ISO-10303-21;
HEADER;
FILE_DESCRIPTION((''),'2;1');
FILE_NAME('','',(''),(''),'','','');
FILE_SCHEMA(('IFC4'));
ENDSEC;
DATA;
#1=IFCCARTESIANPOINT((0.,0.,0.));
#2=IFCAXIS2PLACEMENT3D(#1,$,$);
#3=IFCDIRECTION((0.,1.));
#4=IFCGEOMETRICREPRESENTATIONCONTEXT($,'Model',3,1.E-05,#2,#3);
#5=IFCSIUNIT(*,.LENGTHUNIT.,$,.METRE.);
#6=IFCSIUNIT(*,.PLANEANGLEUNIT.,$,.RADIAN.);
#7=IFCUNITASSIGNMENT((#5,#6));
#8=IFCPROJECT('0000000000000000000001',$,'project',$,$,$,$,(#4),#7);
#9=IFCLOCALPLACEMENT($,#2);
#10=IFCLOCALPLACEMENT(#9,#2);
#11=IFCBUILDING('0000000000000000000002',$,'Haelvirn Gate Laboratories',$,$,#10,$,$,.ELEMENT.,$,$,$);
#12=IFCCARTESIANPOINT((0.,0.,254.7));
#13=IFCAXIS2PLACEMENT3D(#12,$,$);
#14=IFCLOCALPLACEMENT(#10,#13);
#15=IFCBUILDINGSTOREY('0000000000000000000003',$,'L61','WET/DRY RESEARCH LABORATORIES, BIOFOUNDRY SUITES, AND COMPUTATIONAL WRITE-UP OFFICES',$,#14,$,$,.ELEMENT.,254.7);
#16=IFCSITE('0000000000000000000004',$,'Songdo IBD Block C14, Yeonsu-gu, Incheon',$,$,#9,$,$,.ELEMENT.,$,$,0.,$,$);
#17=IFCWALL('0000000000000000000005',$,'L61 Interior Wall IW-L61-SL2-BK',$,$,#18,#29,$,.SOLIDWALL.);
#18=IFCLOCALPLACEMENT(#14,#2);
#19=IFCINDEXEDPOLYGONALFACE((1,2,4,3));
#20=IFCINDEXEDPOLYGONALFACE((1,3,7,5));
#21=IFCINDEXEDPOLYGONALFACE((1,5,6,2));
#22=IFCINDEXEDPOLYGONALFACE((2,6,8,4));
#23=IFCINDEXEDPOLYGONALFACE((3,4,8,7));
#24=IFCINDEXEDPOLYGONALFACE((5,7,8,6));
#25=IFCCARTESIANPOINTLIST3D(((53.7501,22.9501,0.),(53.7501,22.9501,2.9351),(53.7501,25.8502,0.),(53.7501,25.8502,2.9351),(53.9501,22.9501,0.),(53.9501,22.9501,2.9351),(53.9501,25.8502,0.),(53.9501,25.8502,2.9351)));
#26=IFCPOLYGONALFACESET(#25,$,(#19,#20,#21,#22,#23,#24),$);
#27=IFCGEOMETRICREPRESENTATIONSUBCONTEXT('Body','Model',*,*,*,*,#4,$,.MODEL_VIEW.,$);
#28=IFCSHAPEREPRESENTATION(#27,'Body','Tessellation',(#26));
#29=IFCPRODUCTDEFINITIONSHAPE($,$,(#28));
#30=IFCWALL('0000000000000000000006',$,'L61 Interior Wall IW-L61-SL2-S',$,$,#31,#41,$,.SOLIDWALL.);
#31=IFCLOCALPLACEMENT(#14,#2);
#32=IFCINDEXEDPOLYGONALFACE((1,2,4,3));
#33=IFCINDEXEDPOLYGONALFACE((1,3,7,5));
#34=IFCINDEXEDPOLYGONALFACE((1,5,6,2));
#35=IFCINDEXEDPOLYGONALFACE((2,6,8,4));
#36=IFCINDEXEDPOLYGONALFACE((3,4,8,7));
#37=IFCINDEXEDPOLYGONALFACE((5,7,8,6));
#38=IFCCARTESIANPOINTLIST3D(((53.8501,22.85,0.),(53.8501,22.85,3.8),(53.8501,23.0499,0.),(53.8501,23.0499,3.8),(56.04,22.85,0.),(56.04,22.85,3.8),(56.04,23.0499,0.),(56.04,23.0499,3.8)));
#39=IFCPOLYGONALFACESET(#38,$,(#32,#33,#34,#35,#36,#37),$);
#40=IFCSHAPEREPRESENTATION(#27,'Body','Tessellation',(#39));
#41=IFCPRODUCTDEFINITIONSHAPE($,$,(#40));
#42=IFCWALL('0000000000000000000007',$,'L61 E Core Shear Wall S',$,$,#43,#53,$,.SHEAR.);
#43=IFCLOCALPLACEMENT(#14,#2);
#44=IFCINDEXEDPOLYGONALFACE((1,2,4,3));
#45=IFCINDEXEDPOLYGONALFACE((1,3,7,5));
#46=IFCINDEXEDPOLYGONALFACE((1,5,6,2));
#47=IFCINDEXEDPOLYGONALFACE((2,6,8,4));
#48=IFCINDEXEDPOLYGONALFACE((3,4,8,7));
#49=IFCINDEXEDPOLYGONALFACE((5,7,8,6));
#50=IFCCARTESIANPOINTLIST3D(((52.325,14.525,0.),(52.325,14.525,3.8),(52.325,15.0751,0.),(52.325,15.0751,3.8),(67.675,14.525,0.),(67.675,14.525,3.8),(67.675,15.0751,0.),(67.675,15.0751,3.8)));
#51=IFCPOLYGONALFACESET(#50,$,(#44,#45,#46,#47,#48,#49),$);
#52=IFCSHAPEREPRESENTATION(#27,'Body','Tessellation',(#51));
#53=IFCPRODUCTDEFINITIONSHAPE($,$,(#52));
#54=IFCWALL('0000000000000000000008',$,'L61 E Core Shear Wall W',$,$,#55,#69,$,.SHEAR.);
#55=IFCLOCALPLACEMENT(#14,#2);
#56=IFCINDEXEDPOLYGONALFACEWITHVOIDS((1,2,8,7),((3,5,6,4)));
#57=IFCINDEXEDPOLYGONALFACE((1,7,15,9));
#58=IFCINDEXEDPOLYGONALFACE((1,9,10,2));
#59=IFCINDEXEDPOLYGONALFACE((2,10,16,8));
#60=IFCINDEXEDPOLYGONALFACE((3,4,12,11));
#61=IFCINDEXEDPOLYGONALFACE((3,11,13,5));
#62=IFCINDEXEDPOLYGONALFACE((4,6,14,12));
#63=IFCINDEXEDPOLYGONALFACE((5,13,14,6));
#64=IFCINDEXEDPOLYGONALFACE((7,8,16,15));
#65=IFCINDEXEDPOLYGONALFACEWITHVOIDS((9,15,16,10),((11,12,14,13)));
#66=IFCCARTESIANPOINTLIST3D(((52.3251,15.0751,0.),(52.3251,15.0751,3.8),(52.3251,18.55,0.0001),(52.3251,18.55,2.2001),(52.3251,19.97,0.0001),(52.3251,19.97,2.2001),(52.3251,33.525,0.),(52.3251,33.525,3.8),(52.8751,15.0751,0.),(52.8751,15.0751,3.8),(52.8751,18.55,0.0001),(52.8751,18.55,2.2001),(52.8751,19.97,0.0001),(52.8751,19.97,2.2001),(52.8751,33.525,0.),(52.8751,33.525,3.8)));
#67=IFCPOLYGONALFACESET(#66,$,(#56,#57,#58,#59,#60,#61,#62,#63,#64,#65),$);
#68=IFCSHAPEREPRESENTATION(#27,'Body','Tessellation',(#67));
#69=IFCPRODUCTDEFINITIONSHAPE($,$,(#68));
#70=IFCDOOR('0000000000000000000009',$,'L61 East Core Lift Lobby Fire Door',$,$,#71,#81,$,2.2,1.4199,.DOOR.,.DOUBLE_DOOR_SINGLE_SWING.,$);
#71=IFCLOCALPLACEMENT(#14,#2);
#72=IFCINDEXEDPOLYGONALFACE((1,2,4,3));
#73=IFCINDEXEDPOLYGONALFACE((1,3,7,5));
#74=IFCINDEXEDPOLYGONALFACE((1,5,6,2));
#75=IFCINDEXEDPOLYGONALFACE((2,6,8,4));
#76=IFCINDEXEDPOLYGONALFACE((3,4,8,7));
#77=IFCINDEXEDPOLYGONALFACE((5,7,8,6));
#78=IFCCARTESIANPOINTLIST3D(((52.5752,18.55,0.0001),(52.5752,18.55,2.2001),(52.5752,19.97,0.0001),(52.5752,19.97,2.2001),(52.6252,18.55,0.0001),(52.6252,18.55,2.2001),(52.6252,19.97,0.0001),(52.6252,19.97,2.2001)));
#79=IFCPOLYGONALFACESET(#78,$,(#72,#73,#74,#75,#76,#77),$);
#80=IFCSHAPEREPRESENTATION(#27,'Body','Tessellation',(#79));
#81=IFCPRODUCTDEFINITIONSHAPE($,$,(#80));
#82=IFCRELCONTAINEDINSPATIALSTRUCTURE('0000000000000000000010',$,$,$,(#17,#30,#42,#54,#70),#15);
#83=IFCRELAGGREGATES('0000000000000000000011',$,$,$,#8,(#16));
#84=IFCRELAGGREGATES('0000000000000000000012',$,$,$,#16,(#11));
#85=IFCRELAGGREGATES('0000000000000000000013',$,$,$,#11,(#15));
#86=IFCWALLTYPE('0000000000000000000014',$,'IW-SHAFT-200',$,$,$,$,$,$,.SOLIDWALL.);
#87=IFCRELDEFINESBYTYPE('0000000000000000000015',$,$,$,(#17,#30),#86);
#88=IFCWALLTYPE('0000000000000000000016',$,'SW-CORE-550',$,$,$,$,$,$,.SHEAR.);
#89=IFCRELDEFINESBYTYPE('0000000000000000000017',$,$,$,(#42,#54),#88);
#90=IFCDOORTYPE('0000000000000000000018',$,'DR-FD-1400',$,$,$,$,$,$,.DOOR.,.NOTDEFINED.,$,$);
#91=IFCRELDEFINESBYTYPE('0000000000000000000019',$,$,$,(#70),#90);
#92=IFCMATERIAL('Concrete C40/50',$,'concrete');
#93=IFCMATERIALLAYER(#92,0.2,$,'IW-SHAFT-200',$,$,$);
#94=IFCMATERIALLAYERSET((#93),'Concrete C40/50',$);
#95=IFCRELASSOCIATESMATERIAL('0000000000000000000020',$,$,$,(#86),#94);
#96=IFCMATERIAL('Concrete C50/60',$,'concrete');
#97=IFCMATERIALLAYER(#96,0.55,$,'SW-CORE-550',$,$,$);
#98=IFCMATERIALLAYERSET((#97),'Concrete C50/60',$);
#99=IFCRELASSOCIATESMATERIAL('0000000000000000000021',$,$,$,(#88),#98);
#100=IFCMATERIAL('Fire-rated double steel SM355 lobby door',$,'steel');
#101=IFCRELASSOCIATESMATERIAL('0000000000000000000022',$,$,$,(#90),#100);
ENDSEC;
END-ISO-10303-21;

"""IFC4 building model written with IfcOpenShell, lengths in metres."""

from ifc_helpers import new_model, si_unit, direction, frame, frame_2d, origin, place, context, subcontext, project, spatial, rectangle, extrude, source, transform, mapped, material, layer, layer_set, type_object, type_shapes, element, fill, save


model = new_model("IFC4")

# Units and contexts
model_context = context("Model", 3, precision=1e-05, world=origin(), true_north=direction((0.0, 1.0)))
body_context = subcontext(model_context, "Body", "Model", "MODEL_VIEW")
ifc_project = project(units=[si_unit("LENGTHUNIT", "METRE"), si_unit("PLANEANGLEUNIT", "RADIAN")], contexts=[model_context])

# Site, building, storey
site_placement = place(None, origin())
site = spatial("IfcSite", under=ifc_project, at=site_placement, Name="Songdo IBD Block C14, Yeonsu-gu, Incheon", CompositionType="ELEMENT", RefElevation=0.0)
building_placement = place(site_placement, origin())
building = spatial("IfcBuilding", under=site, at=building_placement, Name="Haelvirn Gate Laboratories", CompositionType="ELEMENT")
storey_placement = place(building_placement, frame((0.0, 0.0, 254.7)))
storey = spatial("IfcBuildingStorey", under=building, at=storey_placement, Name="L61", Description="WET/DRY RESEARCH LABORATORIES, BIOFOUNDRY SUITES, AND COMPUTATIONAL WRITE-UP OFFICES", CompositionType="ELEMENT", Elevation=254.7)

# Walls
ifc_material_1 = material(Name="Concrete C40/50", Category="concrete")
ifc_layer_1 = layer(ifc_material_1, 0.2, Name="IW-SHAFT-200")
ifc_layer_set_1 = layer_set([ifc_layer_1], Name="Concrete C40/50")
wall_type_1 = type_object("IfcWallType", Name="IW-SHAFT-200", PredefinedType="SOLIDWALL", material=ifc_layer_set_1)
wall_1_placement = place(storey_placement, frame((53.8501, 22.95, 0.0), z_axis=(0.0, 0.0, 1.0), x_axis=(0.0, 1.0, 0.0)))
element("IfcWall", 1, at=wall_1_placement, inside=storey, type_object=wall_type_1, Name="L61 Interior Wall IW-L61-SL2-BK", PredefinedType="SOLIDWALL", context=body_context, shape_type="SweptSolid", body=[
    extrude(rectangle(XDim=2.9001, YDim=0.2, at=frame_2d((1.4502, 0.0))), origin(), (0.0, 0.0, 1.0), 2.9351),
])
wall_2_placement = place(storey_placement, frame((53.8501, 22.95, 0.0), z_axis=(0.0, 0.0, 1.0), x_axis=(1.0, 0.0, 0.0)))
element("IfcWall", 2, at=wall_2_placement, inside=storey, type_object=wall_type_1, Name="L61 Interior Wall IW-L61-SL2-S", PredefinedType="SOLIDWALL", context=body_context, shape_type="SweptSolid", body=[
    extrude(rectangle(XDim=2.1899, YDim=0.2, at=frame_2d((1.095, 0.0))), origin(), (0.0, 0.0, 1.0), 3.8),
])
ifc_material_2 = material(Name="Concrete C50/60", Category="concrete")
ifc_layer_2 = layer(ifc_material_2, 0.55, Name="SW-CORE-550")
ifc_layer_set_2 = layer_set([ifc_layer_2], Name="Concrete C50/60")
wall_type_2 = type_object("IfcWallType", Name="SW-CORE-550", PredefinedType="SHEAR", material=ifc_layer_set_2)
wall_3_placement = place(storey_placement, frame((52.325, 14.8, 0.0), z_axis=(0.0, 0.0, 1.0), x_axis=(1.0, 0.0, 0.0)))
element("IfcWall", 3, at=wall_3_placement, inside=storey, type_object=wall_type_2, Name="L61 E Core Shear Wall S", PredefinedType="SHEAR", context=body_context, shape_type="SweptSolid", body=[
    extrude(rectangle(XDim=15.3501, YDim=0.55, at=frame_2d((7.675, 0.0))), origin(), (0.0, 0.0, 1.0), 3.8),
])

# Wall, opening, door
wall_4_placement = place(storey_placement, frame((52.6001, 15.075, 0.0), z_axis=(0.0, 0.0, 1.0), x_axis=(0.0, 1.0, 0.0)))
wall_4 = element("IfcWall", 4, at=wall_4_placement, inside=storey, type_object=wall_type_2, Name="L61 E Core Shear Wall W", PredefinedType="SHEAR", context=body_context, shape_type="SweptSolid", body=[
    extrude(rectangle(XDim=18.45, YDim=0.55, at=frame_2d((9.2251, 0.0))), origin(), (0.0, 0.0, 1.0), 3.8),
])
opening_1_placement = place(wall_4_placement, frame((3.4751, 0.0, 0.0)))
opening_1 = element("IfcOpeningElement", 5, at=opening_1_placement, cuts=wall_4, PredefinedType="OPENING", context=body_context, shape_type="SweptSolid", body=[
    extrude(rectangle(XDim=1.4199, YDim=2.2, at=frame_2d((0.71, 1.1001))), frame((0.0, 0.2852, 0.0), z_axis=(0.0, -1.0, 0.0), x_axis=(1.0, 0.0, 0.0)), (0.0, 0.0, 1.0), 0.5701),
])
ifc_material_3 = material(Name="Fire-rated double steel SM355 lobby door", Category="steel")
door_type_1 = type_object("IfcDoorType", Name="DR-FD-1400", OperationType="NOTDEFINED", PredefinedType="DOOR", material=ifc_material_3)
shared_shape_1 = source(origin(), body_context, "Body", "SweptSolid", [
    extrude(rectangle(XDim=1.4199, YDim=2.2, at=frame_2d((0.71, 1.1001))), frame((0.0, 0.0249, 0.0), z_axis=(0.0, -1.0, 0.0), x_axis=(1.0, 0.0, 0.0)), (0.0, 0.0, 1.0), 0.05),
])
type_shapes(door_type_1, [shared_shape_1])
door_1_placement = place(opening_1_placement, origin())
door_1 = element("IfcDoor", 6, at=door_1_placement, inside=storey, type_object=door_type_1, Name="L61 East Core Lift Lobby Fire Door", OperationType="DOUBLE_DOOR_SINGLE_SWING", OverallHeight=2.2, OverallWidth=1.4199, PredefinedType="DOOR", context=body_context, shape_type="MappedRepresentation", body=[
    mapped(shared_shape_1, transform((0.0, 0.0, 0.0), scale=1.0)),
])
fill(opening_1, door_1)

save(model, "model.ifc")
